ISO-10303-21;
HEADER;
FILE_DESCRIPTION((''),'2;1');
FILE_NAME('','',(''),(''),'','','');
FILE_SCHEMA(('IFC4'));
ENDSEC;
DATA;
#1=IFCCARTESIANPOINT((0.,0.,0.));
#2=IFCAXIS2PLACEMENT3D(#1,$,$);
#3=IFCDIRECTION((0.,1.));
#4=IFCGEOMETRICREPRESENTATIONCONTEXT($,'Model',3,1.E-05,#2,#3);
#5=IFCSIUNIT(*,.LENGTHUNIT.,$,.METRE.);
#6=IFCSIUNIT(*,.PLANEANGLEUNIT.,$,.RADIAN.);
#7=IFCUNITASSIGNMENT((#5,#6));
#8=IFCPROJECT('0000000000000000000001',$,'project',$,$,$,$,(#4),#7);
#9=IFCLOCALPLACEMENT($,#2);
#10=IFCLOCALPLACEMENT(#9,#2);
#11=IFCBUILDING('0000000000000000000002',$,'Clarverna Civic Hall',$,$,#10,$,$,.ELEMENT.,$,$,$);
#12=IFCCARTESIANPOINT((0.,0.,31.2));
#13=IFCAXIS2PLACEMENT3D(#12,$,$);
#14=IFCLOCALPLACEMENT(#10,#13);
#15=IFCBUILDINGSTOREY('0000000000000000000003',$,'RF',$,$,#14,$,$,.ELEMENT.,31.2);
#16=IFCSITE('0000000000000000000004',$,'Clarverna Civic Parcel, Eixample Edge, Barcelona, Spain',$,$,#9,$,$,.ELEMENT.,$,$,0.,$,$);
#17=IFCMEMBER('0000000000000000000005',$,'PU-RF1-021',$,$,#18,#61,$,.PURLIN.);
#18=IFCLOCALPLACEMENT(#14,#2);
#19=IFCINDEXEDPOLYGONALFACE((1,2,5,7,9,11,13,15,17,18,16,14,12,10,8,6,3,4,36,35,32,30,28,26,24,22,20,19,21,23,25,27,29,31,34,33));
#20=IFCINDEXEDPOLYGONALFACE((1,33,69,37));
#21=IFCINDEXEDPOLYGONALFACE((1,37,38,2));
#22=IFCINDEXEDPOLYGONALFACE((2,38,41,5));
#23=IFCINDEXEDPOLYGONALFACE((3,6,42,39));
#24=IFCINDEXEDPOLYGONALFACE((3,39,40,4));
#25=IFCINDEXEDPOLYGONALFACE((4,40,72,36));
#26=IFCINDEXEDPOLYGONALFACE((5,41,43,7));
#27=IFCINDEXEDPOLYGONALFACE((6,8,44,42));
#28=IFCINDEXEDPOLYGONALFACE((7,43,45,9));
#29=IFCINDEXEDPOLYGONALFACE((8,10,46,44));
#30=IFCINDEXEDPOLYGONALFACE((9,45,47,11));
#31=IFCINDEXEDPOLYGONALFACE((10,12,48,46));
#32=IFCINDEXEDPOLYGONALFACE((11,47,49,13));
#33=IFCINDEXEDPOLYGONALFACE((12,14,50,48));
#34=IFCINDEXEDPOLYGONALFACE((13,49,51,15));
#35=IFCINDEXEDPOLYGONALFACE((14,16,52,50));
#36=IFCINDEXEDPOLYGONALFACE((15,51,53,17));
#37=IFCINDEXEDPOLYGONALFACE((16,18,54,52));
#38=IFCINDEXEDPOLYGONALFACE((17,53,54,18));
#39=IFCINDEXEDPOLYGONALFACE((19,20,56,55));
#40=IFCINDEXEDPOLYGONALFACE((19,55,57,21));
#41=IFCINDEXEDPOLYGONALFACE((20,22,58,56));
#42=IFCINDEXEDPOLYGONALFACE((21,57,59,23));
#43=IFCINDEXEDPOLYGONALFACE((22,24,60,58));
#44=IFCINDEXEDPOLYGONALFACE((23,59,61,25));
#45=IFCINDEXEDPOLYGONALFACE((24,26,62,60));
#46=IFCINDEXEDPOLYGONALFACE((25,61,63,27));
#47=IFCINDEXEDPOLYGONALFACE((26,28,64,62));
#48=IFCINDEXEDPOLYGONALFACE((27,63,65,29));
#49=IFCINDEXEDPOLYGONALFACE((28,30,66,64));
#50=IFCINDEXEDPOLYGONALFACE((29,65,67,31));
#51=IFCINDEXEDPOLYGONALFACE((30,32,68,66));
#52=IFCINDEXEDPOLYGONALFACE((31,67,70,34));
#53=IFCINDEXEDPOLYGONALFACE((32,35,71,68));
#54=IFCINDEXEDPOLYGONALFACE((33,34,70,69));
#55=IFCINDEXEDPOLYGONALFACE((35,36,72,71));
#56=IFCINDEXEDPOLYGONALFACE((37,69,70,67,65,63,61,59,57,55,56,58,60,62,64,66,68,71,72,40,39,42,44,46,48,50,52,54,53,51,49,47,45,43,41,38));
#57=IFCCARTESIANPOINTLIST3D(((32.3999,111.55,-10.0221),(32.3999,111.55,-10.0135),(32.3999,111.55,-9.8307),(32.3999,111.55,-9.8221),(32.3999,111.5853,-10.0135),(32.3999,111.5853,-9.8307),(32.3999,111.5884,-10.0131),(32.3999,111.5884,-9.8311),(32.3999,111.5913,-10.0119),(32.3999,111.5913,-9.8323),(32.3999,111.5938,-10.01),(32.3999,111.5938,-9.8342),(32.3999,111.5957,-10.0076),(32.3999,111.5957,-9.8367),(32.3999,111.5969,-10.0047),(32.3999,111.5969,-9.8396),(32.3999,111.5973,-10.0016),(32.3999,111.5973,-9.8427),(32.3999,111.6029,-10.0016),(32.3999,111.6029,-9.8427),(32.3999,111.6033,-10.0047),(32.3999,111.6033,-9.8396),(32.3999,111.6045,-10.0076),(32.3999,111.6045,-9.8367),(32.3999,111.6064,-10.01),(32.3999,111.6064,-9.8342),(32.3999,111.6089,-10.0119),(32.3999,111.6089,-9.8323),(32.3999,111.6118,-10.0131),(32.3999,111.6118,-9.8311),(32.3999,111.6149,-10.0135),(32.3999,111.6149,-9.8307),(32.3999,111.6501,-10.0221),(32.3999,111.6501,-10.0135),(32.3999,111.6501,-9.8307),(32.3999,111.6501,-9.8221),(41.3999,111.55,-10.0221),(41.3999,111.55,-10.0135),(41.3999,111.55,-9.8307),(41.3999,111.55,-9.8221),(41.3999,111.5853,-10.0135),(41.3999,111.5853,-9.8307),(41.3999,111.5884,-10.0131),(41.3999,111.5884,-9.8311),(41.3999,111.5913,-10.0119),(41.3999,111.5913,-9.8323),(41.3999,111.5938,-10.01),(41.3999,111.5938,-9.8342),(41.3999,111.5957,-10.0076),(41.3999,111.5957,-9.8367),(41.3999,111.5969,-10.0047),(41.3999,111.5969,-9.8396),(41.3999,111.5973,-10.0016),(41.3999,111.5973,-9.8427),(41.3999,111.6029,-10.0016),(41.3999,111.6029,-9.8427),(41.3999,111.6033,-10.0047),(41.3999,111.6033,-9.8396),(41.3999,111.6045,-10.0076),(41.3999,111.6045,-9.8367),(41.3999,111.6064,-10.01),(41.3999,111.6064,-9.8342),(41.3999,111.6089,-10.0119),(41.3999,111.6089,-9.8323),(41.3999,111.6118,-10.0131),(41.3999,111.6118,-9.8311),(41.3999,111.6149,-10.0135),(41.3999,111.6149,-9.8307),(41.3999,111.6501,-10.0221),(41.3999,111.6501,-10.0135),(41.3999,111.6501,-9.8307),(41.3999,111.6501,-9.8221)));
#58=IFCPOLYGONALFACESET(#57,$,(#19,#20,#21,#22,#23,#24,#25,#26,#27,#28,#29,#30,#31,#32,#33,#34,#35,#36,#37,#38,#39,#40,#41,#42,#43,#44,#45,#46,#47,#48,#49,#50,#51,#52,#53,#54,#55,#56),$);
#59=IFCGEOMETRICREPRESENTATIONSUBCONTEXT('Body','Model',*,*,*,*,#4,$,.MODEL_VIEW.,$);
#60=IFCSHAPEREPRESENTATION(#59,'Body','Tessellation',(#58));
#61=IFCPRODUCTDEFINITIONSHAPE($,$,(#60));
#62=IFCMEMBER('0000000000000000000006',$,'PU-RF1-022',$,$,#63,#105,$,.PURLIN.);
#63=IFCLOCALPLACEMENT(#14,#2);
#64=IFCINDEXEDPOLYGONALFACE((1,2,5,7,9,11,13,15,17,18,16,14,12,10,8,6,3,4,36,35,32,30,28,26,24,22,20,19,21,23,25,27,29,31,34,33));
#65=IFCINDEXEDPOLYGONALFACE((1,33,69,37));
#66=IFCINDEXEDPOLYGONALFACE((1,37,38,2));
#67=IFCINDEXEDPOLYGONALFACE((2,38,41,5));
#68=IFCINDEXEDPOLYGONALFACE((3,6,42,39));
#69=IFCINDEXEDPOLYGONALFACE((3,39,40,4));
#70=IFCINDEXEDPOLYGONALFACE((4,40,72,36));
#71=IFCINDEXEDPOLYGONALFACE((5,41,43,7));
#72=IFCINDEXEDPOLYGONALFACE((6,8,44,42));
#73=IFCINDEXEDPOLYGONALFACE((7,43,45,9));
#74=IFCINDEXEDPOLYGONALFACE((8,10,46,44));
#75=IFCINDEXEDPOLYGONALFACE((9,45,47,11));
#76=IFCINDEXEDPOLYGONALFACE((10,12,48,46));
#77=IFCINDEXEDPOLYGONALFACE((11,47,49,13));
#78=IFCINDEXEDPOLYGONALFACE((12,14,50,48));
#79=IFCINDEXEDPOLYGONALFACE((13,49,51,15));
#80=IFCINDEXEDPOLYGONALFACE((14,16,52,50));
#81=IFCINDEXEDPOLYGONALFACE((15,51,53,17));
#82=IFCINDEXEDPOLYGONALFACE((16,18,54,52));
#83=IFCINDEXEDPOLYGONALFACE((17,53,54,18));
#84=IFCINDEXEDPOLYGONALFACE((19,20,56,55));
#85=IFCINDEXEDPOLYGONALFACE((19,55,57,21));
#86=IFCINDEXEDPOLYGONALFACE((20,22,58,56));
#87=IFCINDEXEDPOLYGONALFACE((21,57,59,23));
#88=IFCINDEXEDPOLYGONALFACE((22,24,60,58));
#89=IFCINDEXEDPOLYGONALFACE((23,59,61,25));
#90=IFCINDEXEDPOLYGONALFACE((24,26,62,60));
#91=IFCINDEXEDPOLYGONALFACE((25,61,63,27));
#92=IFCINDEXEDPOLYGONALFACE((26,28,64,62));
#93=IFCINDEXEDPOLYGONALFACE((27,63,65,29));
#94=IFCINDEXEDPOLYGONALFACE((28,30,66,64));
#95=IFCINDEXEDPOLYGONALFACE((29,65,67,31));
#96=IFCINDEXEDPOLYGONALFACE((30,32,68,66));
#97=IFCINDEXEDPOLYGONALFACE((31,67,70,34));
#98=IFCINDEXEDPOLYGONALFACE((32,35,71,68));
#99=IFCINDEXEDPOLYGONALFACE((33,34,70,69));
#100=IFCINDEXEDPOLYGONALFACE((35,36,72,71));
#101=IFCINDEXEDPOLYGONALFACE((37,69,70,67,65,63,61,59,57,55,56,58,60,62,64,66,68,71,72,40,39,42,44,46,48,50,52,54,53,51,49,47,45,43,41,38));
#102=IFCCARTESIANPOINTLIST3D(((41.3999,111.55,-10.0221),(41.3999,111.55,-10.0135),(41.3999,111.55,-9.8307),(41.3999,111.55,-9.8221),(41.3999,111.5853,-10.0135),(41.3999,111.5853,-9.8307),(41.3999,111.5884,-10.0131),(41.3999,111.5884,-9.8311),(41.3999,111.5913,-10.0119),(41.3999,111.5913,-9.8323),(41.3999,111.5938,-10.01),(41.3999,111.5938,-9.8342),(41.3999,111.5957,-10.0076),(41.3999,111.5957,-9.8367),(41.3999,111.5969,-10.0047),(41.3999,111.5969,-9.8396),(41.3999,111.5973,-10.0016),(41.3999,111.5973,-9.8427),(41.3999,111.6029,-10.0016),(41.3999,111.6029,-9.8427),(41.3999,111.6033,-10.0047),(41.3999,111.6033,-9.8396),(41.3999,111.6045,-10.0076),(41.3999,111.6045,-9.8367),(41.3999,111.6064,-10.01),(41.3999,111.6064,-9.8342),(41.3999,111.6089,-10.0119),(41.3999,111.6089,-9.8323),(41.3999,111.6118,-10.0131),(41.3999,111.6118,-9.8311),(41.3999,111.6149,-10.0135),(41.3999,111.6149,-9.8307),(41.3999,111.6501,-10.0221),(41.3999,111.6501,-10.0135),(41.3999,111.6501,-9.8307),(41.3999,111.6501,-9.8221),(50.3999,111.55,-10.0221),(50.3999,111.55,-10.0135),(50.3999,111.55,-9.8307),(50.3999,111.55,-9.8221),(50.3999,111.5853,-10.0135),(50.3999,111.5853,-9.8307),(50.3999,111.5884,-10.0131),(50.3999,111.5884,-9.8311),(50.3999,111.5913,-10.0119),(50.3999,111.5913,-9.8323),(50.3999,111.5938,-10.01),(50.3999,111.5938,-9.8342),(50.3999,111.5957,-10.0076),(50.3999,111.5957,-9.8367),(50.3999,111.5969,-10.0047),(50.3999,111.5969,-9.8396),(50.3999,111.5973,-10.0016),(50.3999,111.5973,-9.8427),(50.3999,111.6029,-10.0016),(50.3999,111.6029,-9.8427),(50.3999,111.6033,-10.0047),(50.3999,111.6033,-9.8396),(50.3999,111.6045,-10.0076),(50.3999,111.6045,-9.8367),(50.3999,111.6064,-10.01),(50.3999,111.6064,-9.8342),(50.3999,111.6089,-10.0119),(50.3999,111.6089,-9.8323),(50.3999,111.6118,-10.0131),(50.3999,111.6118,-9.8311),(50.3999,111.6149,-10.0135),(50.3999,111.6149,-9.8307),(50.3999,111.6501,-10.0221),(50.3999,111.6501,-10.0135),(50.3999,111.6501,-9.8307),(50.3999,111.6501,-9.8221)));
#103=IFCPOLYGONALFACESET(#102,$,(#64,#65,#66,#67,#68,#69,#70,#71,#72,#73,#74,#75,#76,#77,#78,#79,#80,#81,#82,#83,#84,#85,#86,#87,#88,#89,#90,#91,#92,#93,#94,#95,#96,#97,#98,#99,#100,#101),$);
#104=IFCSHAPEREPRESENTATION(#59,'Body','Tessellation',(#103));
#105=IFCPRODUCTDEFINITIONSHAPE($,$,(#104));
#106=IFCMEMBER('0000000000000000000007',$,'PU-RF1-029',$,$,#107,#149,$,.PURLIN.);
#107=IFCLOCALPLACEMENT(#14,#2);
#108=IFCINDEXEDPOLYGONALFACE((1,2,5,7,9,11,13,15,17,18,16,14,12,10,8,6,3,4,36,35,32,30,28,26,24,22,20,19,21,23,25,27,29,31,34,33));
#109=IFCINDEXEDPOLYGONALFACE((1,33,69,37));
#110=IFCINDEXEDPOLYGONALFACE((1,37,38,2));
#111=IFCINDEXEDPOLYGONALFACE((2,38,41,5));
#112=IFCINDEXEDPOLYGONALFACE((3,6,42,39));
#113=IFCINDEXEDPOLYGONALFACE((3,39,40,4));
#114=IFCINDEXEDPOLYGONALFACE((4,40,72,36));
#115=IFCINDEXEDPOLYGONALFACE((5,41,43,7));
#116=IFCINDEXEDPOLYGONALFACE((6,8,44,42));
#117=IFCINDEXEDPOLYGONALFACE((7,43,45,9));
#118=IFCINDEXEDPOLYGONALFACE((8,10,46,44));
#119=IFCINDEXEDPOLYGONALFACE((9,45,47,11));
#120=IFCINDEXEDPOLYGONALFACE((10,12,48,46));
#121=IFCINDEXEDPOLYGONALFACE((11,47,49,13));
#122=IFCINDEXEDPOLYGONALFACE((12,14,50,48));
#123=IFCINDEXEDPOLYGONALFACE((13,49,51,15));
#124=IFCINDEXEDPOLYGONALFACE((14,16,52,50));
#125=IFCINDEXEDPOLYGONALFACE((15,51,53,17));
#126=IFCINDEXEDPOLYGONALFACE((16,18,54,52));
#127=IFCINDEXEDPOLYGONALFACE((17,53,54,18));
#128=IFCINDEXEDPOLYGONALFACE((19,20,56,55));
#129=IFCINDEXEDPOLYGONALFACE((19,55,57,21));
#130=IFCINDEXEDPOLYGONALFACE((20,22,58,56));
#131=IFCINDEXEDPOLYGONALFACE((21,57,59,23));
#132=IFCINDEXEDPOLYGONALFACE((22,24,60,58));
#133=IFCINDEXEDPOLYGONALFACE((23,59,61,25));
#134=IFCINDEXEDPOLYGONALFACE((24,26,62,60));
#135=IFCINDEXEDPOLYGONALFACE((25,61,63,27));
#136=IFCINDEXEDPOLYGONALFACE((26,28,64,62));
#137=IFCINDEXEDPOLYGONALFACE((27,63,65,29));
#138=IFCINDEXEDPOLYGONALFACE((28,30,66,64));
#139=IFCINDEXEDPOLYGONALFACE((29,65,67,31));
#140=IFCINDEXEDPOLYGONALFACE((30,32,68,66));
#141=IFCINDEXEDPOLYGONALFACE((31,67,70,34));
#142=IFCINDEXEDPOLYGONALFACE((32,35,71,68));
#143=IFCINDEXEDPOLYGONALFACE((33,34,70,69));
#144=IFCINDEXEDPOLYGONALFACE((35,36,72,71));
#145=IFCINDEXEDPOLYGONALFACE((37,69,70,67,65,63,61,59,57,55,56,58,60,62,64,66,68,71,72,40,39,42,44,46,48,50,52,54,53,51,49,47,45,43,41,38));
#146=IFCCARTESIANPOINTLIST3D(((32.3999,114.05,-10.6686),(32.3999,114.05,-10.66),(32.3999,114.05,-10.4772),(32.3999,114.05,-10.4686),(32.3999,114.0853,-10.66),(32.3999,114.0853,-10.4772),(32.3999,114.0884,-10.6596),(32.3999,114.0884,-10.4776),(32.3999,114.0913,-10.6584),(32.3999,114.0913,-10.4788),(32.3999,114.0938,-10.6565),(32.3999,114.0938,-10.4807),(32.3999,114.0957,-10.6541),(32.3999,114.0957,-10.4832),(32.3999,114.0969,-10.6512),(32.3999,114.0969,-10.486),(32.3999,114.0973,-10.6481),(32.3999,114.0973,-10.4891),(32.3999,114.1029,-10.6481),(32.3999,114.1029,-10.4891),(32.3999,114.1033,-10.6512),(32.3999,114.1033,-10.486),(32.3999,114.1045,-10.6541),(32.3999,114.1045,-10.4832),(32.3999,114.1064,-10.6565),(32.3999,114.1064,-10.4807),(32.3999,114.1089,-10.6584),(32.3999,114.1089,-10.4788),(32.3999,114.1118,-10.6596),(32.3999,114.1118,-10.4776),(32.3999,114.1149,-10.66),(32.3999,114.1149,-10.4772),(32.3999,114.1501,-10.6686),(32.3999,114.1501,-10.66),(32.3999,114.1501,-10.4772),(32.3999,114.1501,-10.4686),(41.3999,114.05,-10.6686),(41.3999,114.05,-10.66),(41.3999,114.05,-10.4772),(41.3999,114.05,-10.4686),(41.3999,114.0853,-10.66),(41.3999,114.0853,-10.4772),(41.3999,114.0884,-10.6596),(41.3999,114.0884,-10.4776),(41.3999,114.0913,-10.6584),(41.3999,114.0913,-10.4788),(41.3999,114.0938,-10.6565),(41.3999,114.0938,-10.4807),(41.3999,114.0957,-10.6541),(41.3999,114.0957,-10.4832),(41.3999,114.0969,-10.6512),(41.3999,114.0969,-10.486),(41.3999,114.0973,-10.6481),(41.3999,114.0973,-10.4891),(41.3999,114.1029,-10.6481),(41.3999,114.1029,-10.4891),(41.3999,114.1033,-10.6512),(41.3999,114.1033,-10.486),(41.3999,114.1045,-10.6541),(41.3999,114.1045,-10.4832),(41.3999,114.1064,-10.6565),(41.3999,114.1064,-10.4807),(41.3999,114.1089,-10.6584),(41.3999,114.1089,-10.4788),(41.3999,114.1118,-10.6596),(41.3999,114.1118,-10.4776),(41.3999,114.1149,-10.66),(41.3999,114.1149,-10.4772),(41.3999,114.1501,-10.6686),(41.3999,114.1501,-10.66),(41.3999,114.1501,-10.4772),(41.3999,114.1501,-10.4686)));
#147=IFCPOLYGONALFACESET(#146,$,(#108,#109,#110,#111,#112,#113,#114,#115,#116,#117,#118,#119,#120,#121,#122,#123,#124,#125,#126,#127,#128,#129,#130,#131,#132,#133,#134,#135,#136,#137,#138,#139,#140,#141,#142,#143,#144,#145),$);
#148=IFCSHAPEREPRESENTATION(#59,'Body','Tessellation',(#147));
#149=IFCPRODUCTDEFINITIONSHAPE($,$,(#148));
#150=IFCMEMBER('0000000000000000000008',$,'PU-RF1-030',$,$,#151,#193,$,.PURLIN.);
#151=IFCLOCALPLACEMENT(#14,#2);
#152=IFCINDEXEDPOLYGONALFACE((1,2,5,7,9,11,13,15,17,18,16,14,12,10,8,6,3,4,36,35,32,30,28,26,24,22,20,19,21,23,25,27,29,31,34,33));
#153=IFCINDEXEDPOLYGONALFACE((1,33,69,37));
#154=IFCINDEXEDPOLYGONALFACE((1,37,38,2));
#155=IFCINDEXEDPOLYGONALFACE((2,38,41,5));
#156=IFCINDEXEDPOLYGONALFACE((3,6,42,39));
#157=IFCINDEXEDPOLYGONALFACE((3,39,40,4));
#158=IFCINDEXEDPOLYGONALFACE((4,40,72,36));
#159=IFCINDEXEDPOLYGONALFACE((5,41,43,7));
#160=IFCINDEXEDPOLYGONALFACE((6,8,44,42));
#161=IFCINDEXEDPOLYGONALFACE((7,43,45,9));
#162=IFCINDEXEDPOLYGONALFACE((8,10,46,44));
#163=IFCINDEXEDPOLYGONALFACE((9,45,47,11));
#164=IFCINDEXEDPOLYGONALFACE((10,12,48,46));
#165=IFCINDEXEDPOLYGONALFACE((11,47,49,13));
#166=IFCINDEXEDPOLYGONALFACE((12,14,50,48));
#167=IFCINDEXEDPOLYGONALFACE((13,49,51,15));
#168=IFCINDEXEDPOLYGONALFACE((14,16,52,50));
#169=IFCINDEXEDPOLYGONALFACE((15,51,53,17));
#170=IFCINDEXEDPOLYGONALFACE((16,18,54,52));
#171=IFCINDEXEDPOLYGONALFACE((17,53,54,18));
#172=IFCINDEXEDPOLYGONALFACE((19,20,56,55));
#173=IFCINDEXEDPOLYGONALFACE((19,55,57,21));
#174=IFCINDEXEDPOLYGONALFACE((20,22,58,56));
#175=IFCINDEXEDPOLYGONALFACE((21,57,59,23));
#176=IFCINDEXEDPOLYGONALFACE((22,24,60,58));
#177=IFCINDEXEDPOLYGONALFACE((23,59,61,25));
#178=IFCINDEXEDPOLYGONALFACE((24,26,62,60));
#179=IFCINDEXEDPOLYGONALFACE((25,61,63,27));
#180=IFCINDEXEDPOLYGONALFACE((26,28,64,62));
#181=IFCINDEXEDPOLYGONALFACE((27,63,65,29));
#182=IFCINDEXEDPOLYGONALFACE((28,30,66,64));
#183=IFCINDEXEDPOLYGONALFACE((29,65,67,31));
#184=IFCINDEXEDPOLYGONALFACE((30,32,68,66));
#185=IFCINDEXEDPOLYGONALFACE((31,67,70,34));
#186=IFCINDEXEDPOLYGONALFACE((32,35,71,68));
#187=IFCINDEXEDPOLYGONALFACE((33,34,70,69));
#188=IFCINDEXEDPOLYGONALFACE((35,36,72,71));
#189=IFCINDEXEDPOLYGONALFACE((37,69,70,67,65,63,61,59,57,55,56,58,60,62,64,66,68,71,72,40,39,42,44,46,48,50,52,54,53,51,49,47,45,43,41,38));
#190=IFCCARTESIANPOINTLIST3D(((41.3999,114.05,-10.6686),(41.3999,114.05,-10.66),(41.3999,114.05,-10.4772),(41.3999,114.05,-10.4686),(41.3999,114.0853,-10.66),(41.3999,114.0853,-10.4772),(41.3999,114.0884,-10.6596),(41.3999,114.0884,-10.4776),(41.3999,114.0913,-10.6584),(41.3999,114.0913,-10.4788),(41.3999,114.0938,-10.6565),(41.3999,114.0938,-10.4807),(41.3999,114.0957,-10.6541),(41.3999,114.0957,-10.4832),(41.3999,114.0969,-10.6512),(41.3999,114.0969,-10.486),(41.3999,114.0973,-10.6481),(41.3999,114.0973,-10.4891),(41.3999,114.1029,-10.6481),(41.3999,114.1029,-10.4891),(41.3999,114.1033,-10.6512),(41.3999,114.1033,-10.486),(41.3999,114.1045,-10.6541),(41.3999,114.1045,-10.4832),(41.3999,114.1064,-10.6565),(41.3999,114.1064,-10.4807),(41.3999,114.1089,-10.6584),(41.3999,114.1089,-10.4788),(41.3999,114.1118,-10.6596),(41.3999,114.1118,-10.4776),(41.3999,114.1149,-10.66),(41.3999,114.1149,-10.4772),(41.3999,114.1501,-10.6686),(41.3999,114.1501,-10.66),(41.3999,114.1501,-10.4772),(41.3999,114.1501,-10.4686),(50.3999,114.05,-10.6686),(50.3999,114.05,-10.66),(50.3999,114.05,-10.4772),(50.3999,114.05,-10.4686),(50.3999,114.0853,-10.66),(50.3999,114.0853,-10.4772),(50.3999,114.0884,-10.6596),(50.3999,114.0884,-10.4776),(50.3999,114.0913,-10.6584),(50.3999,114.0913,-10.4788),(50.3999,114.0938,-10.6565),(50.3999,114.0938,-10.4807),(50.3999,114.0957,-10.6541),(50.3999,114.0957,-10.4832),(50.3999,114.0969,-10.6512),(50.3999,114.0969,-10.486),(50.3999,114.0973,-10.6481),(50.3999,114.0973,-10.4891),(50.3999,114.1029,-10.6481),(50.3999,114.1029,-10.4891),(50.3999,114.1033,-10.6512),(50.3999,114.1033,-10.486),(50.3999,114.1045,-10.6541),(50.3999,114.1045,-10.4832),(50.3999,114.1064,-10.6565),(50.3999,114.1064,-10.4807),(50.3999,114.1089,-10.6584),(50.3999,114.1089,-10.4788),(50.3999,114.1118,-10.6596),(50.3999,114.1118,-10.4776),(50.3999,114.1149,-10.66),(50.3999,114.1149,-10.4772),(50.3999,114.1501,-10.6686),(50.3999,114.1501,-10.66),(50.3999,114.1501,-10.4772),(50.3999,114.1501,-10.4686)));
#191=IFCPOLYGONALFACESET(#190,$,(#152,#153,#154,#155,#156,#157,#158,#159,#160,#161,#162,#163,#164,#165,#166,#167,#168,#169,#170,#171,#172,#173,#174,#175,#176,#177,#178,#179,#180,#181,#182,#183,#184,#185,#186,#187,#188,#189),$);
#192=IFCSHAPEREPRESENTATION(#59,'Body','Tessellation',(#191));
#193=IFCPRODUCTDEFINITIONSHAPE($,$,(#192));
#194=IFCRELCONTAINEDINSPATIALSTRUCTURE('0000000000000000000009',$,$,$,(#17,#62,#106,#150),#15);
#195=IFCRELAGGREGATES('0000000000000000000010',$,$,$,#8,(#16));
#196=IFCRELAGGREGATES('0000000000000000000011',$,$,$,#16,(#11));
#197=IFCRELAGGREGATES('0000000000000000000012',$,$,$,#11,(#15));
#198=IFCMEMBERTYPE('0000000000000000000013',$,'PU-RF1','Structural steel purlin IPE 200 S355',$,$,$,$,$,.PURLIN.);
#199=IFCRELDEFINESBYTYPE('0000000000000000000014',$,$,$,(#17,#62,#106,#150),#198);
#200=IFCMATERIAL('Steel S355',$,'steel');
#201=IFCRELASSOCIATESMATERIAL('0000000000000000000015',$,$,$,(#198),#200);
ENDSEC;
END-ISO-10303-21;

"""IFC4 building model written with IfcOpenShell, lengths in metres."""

from ifc_helpers import new_model, si_unit, direction, frame, origin, origin_2d, place, context, subcontext, project, spatial, i_section, extrude, material, material_profile, profile_set, type_object, element, save


model = new_model("IFC4")

# Units and contexts
model_context = context("Model", 3, precision=1e-05, world=origin(), true_north=direction((0.0, 1.0)))
body_context = subcontext(model_context, "Body", "Model", "MODEL_VIEW")
ifc_project = project(units=[si_unit("LENGTHUNIT", "METRE"), si_unit("PLANEANGLEUNIT", "RADIAN")], contexts=[model_context])

# Site, building, storey
site_placement = place(None, origin())
site = spatial("IfcSite", under=ifc_project, at=site_placement, Name="Clarverna Civic Parcel, Eixample Edge, Barcelona, Spain", CompositionType="ELEMENT", RefElevation=0.0)
building_placement = place(site_placement, origin())
building = spatial("IfcBuilding", under=site, at=building_placement, Name="Clarverna Civic Hall", CompositionType="ELEMENT")
storey_placement = place(building_placement, frame((0.0, 0.0, 31.2)))
storey = spatial("IfcBuildingStorey", under=building, at=storey_placement, Name="RF", CompositionType="ELEMENT", Elevation=31.2)

# Members
ifc_material_1 = material(Name="Steel S355", Category="steel")
ifc_material_profile_1 = material_profile(ifc_material_1, i_section(OverallWidth=0.1001, OverallDepth=0.2, WebThickness=0.0056, FlangeThickness=0.0085, FilletRadius=0.012, at=origin_2d()), Name="IPE 200")
ifc_profile_set_1 = profile_set([ifc_material_profile_1], Name="Steel S355")
member_type_1 = type_object("IfcMemberType", Name="PU-RF1", Description="Structural steel purlin IPE 200 S355", PredefinedType="PURLIN", material=ifc_profile_set_1)
for number, where, z_axis, x_axis, name in (
    (1, (32.3999, 111.6001, -9.9221), (1.0, 0.0, 0.0), (0.0, 1.0, 0.0), "PU-RF1-021"),
    (2, (41.3999, 111.6001, -9.9221), (1.0, 0.0, 0.0), (0.0, 1.0, 0.0), "PU-RF1-022"),
    (3, (32.3999, 114.1001, -10.5686), (1.0, 0.0, 0.0), (0.0, 1.0, 0.0), "PU-RF1-029"),
    (4, (41.3999, 114.1001, -10.5686), (1.0, 0.0, 0.0), (0.0, 1.0, 0.0), "PU-RF1-030"),
):
    element("IfcMember", number, at=place(storey_placement, frame(where, z_axis=z_axis, x_axis=x_axis)), inside=storey, type_object=member_type_1, Name=name, PredefinedType="PURLIN", context=body_context, shape_type="SweptSolid", body=[
        extrude(i_section(OverallWidth=0.1001, OverallDepth=0.2, WebThickness=0.0056, FlangeThickness=0.0085, FilletRadius=0.012, at=origin_2d()), origin(), (0.0, 0.0, 1.0), 9.0),
    ])

save(model, "model.ifc")
